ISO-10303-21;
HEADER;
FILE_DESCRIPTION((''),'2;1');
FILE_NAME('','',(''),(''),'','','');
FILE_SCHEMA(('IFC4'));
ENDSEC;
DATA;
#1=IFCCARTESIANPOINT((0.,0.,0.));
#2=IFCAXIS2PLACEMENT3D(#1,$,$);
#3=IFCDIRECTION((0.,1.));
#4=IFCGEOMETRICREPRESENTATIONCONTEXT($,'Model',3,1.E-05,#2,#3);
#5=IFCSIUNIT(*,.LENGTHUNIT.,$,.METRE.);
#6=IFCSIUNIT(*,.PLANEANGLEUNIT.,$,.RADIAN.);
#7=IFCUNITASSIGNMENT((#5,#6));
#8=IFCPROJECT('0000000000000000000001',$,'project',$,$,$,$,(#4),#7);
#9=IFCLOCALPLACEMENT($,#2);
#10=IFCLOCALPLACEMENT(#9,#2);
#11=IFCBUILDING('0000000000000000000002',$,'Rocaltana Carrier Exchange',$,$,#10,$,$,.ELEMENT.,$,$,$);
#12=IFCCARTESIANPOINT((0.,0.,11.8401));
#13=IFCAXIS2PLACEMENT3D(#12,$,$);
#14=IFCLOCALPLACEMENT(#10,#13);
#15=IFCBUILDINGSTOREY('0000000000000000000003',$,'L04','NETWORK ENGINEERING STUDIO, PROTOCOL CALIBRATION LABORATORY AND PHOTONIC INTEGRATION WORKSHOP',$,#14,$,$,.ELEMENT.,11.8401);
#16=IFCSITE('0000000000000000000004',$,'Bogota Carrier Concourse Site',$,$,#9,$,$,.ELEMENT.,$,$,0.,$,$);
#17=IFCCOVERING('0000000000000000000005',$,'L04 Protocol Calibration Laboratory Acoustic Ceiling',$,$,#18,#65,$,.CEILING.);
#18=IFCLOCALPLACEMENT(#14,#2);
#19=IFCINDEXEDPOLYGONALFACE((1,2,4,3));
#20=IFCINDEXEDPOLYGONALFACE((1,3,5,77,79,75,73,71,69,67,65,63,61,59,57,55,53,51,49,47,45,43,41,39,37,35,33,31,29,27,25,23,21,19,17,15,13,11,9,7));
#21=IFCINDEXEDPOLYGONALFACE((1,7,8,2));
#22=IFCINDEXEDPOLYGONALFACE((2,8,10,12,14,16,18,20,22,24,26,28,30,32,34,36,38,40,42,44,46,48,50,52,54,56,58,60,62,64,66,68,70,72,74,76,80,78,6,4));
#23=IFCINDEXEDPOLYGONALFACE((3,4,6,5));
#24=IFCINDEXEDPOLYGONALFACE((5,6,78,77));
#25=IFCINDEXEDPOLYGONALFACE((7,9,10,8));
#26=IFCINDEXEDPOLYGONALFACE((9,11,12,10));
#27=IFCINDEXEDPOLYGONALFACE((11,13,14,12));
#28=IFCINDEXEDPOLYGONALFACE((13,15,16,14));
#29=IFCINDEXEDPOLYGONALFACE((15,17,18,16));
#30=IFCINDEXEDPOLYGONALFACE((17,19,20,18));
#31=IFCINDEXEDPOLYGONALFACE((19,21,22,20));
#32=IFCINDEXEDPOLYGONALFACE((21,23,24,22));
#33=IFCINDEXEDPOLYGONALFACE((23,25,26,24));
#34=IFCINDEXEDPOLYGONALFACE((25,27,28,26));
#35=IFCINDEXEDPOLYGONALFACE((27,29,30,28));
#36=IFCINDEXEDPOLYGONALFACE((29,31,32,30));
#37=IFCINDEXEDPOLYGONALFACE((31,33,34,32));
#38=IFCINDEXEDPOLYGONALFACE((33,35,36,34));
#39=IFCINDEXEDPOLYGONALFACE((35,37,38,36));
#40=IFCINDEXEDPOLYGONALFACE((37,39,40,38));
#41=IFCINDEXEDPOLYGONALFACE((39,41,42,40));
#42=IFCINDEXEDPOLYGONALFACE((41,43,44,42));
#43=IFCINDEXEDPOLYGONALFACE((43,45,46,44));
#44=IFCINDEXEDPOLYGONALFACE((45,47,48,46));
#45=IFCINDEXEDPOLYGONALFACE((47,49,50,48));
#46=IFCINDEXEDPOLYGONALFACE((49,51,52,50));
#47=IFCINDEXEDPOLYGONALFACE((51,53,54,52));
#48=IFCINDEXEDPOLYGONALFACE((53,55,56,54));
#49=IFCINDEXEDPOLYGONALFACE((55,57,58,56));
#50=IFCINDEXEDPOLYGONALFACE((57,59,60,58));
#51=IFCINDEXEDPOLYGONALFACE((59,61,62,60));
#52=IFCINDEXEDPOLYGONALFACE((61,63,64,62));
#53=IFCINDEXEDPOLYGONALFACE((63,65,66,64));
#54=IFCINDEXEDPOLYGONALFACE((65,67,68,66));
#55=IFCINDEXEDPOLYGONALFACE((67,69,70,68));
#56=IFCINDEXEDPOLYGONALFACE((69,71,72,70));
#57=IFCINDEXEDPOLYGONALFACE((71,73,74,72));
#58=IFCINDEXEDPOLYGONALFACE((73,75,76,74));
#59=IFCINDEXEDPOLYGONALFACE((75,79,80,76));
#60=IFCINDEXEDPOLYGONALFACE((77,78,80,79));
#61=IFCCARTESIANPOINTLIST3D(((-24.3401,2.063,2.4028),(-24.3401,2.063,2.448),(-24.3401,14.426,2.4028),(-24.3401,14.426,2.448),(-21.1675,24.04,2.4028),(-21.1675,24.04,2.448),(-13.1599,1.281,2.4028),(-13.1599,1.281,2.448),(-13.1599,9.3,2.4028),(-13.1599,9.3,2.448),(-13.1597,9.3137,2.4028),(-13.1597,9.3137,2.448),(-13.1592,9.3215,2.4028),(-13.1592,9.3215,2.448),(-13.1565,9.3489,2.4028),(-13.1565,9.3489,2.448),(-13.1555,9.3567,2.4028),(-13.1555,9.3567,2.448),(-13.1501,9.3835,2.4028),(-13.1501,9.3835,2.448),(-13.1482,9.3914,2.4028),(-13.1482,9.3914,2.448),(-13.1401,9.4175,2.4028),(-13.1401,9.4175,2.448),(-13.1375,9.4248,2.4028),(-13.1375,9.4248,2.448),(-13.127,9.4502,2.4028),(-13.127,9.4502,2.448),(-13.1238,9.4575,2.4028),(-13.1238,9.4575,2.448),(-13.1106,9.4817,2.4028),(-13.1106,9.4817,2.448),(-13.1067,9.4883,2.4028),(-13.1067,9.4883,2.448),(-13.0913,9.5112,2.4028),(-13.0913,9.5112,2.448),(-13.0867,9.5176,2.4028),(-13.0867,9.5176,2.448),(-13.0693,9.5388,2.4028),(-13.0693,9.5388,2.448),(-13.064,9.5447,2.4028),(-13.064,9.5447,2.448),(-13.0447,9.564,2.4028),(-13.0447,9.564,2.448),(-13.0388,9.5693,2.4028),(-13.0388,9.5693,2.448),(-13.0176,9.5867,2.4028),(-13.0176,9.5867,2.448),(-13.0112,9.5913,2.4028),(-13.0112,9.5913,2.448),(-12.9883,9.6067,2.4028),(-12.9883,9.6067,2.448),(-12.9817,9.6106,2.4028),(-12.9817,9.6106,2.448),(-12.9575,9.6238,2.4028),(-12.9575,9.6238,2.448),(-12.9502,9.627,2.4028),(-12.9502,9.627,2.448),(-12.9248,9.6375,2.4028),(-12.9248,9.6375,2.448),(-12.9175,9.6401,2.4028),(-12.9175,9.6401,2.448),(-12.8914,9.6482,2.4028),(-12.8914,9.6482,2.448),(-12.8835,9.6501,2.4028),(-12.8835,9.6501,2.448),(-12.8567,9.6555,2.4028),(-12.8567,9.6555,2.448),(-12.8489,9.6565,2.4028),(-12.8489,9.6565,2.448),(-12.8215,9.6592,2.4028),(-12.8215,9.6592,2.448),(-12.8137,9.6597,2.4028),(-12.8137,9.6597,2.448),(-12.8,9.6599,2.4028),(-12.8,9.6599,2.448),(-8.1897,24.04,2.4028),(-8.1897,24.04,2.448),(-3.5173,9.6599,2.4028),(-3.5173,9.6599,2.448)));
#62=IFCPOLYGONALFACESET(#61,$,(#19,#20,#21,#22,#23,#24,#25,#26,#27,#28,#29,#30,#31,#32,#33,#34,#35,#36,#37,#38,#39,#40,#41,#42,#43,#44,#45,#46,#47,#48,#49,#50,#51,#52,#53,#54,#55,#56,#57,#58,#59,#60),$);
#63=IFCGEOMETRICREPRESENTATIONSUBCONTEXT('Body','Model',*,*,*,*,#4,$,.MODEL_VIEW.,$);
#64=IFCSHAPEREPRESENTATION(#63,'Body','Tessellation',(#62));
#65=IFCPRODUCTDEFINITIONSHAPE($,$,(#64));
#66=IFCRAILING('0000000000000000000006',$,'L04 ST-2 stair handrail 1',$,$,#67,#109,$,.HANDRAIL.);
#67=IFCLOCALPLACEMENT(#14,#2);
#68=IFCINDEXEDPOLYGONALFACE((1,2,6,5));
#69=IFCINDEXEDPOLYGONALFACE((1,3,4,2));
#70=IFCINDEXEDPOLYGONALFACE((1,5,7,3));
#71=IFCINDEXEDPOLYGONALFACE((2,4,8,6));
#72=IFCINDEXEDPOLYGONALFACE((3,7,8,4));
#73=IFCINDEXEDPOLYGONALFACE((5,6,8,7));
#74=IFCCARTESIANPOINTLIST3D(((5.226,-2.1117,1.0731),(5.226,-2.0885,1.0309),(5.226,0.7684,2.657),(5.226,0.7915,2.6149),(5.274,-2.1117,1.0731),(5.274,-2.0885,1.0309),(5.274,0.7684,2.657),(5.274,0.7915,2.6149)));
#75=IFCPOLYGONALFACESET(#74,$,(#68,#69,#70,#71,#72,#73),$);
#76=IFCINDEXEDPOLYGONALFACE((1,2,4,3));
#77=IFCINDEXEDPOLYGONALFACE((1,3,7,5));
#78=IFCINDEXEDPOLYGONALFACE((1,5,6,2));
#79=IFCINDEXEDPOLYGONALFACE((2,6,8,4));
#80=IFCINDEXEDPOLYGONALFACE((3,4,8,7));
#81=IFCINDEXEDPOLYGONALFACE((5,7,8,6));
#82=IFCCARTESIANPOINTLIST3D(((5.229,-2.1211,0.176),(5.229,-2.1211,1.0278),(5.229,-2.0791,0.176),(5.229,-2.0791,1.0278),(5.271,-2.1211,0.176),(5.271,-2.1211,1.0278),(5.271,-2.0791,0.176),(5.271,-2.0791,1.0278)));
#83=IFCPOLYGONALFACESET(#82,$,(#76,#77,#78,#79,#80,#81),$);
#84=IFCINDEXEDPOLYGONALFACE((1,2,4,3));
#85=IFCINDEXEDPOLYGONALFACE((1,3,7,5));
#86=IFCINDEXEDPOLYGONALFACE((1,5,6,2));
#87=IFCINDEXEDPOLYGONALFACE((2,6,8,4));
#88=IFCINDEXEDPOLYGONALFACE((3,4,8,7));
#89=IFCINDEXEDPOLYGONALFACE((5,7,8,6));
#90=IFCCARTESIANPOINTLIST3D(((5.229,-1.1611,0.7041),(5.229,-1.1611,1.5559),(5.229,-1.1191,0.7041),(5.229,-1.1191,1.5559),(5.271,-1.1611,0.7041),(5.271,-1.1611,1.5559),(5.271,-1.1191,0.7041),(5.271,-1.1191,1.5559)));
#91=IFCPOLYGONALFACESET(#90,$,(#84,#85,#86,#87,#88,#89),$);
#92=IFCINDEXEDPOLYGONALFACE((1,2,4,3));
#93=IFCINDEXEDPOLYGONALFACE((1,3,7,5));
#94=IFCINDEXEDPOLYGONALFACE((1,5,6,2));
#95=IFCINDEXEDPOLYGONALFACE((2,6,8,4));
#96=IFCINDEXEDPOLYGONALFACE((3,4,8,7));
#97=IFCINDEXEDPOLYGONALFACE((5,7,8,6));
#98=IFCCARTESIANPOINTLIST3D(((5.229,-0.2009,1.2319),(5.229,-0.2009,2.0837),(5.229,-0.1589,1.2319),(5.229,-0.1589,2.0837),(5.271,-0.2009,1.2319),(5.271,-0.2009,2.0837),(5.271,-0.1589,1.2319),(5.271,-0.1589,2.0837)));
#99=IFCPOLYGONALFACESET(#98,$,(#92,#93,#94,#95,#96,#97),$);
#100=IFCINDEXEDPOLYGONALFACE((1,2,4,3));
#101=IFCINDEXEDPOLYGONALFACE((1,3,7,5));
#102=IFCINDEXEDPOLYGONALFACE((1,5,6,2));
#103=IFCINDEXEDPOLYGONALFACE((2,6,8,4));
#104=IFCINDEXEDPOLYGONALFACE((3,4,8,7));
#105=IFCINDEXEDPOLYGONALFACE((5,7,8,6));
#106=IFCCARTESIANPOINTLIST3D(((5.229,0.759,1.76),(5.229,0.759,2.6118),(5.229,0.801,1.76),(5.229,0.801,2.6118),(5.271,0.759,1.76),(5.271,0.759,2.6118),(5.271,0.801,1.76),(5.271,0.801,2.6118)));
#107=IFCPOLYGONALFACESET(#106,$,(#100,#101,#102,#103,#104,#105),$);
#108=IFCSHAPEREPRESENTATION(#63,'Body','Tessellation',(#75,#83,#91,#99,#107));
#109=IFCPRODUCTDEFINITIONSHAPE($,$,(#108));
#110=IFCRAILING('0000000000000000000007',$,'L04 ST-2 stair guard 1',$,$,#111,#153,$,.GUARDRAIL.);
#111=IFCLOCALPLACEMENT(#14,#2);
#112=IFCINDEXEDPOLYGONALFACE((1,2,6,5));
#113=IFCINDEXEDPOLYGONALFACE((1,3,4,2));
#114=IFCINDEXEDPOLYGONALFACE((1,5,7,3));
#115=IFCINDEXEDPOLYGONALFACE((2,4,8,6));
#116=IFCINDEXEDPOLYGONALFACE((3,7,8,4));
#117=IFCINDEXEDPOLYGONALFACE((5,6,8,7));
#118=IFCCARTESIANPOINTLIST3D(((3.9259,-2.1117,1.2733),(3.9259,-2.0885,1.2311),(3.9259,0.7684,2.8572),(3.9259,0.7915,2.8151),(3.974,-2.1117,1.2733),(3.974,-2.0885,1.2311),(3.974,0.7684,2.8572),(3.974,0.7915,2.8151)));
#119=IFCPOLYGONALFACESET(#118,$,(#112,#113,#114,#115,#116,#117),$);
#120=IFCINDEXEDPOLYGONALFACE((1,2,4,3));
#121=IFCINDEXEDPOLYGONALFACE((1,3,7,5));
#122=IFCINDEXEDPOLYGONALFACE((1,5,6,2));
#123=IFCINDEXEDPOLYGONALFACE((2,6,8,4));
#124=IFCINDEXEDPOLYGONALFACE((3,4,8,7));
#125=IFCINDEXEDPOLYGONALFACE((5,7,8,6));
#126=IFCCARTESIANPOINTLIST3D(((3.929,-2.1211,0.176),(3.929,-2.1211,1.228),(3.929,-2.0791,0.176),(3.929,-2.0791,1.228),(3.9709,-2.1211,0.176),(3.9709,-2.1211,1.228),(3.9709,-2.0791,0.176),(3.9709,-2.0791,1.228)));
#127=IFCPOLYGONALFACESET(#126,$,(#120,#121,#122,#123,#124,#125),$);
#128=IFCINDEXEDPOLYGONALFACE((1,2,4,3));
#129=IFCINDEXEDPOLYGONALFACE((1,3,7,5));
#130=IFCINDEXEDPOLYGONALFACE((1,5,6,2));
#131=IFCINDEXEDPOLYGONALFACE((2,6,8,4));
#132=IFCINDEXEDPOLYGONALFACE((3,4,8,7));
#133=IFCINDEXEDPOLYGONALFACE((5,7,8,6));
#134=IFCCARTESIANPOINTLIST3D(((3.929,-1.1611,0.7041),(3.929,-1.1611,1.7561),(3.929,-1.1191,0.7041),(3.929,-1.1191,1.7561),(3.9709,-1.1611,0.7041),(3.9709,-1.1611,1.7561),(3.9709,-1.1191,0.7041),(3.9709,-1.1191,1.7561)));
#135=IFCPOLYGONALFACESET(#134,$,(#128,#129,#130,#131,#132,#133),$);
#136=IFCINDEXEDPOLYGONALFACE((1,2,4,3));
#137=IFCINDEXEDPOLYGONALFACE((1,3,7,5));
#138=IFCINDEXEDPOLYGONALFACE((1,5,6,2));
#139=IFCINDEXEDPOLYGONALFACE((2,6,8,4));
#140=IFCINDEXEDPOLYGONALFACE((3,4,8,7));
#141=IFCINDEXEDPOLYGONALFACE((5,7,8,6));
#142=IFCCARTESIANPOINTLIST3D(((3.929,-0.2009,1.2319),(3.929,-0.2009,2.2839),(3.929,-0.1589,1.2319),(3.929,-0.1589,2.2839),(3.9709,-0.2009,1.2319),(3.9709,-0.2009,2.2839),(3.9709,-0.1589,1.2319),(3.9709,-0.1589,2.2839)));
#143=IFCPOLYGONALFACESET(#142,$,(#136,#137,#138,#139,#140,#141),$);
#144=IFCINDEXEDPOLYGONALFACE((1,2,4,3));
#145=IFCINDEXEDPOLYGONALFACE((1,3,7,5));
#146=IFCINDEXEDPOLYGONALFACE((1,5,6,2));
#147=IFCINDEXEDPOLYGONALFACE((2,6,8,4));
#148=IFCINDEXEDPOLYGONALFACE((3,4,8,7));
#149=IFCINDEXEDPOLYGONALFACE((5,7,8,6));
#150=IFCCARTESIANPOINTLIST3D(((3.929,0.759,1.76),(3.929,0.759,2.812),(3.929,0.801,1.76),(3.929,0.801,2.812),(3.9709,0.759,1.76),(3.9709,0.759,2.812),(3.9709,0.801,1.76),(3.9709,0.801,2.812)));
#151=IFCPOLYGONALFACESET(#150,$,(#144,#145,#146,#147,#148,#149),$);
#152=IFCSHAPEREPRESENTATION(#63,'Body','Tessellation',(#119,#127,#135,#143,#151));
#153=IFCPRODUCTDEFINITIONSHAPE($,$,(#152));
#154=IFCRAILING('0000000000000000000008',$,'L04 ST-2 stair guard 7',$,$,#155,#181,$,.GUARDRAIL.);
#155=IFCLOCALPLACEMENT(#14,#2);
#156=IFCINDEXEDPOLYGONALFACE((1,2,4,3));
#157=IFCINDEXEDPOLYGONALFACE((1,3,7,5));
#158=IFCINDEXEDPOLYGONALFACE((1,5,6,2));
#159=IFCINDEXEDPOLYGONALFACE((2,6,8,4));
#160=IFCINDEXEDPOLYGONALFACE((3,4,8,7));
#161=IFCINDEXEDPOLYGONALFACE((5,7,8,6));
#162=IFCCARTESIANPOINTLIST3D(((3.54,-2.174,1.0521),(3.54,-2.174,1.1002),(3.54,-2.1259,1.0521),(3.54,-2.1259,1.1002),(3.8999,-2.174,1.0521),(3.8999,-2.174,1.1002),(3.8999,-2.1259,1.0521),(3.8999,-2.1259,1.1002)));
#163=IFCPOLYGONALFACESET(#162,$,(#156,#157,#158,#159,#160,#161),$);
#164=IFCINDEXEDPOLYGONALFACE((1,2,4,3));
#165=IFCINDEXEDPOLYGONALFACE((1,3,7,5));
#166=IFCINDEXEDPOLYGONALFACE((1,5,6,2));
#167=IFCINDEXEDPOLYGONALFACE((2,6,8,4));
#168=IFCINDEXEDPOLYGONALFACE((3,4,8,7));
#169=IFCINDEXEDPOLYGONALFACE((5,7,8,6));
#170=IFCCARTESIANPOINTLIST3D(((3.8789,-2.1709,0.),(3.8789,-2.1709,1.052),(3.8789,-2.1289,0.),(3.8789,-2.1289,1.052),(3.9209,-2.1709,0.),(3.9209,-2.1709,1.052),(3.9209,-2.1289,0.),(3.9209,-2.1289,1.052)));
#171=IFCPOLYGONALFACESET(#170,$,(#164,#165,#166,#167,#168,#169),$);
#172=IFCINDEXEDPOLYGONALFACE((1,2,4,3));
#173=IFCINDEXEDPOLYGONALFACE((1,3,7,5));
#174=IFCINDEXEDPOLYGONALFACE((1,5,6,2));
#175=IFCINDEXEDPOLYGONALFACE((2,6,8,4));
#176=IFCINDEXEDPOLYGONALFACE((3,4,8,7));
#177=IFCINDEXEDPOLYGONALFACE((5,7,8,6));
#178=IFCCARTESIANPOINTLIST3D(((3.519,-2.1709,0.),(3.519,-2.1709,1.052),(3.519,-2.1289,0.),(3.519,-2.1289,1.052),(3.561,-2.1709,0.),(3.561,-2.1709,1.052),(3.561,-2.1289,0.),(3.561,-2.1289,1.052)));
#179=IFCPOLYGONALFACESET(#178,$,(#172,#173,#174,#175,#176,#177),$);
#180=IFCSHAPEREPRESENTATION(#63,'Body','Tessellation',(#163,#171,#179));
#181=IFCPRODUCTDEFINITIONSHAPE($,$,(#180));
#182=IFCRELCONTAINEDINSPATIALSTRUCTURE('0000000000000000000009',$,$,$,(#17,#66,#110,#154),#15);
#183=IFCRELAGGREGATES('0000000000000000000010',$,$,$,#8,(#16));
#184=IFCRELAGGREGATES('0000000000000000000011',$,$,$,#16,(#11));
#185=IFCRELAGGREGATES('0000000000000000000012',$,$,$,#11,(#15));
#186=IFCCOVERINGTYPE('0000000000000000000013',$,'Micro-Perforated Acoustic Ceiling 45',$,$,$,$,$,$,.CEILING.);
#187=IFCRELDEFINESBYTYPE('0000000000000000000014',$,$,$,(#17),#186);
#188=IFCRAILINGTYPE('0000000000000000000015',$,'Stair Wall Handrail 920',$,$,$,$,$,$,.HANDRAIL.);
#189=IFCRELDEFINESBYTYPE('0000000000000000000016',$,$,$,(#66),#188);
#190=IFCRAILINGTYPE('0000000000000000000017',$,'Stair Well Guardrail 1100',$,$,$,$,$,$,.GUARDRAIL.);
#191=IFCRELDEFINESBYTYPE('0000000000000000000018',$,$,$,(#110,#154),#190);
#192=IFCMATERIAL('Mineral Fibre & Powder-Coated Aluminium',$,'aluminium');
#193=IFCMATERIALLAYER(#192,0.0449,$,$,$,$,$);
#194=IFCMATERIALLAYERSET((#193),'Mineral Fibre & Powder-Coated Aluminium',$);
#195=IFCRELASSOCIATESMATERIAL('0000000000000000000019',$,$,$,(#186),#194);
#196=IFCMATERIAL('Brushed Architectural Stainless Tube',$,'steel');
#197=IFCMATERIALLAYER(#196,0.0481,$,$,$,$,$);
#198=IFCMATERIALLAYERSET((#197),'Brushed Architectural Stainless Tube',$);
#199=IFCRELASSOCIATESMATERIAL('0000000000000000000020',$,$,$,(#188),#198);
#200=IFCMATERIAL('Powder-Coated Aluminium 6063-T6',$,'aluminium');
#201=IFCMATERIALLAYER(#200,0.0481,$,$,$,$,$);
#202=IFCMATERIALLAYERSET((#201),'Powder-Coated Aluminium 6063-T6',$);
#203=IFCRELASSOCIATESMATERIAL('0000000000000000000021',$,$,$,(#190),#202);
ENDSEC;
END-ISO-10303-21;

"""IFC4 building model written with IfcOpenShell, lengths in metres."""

from ifc_helpers import new_model, si_unit, direction, frame, origin, origin_2d, place, context, subcontext, project, spatial, polyline, rectangle, outline, extrude, material, layer, layer_set, type_object, element, save


model = new_model("IFC4")

# Units and contexts
model_context = context("Model", 3, precision=1e-05, world=origin(), true_north=direction((0.0, 1.0)))
body_context = subcontext(model_context, "Body", "Model", "MODEL_VIEW")
ifc_project = project(units=[si_unit("LENGTHUNIT", "METRE"), si_unit("PLANEANGLEUNIT", "RADIAN")], contexts=[model_context])

# Site, building, storey
site_placement = place(None, origin())
site = spatial("IfcSite", under=ifc_project, at=site_placement, Name="Bogota Carrier Concourse Site", CompositionType="ELEMENT", RefElevation=0.0)
building_placement = place(site_placement, origin())
building = spatial("IfcBuilding", under=site, at=building_placement, Name="Rocaltana Carrier Exchange", CompositionType="ELEMENT")
storey_placement = place(building_placement, frame((0.0, 0.0, 11.8401)))
storey = spatial("IfcBuildingStorey", under=building, at=storey_placement, Name="L04", Description="NETWORK ENGINEERING STUDIO, PROTOCOL CALIBRATION LABORATORY AND PHOTONIC INTEGRATION WORKSHOP", CompositionType="ELEMENT", Elevation=11.8401)

# Covering
ifc_material_1 = material(Name="Mineral Fibre & Powder-Coated Aluminium", Category="aluminium")
ifc_layer_1 = layer(ifc_material_1, 0.0449)
ifc_layer_set_1 = layer_set([ifc_layer_1], Name="Mineral Fibre & Powder-Coated Aluminium")
covering_type_1 = type_object("IfcCoveringType", Name="Micro-Perforated Acoustic Ceiling 45", PredefinedType="CEILING", material=ifc_layer_set_1)
covering_1_placement = place(storey_placement, frame((0.0, 0.0, 2.4028)))
element("IfcCovering", 1, at=covering_1_placement, inside=storey, type_object=covering_type_1, Name="L04 Protocol Calibration Laboratory Acoustic Ceiling", PredefinedType="CEILING", context=body_context, shape_type="SweptSolid", body=[
    extrude(outline(polyline([(-24.3401, 14.426), (-21.1675, 24.04), (-8.1897, 24.04), (-3.5173, 9.6599), (-12.8, 9.6599), (-12.8137, 9.6597), (-12.8215, 9.6592), (-12.8489, 9.6565), (-12.8567, 9.6555), (-12.8835, 9.6501), (-12.8914, 9.6482), (-12.9175, 9.6401), (-12.9248, 9.6375), (-12.9502, 9.627), (-12.9575, 9.6238), (-12.9817, 9.6106), (-12.9883, 9.6067), (-13.0112, 9.5913), (-13.0176, 9.5867), (-13.0388, 9.5693), (-13.0447, 9.564), (-13.064, 9.5447), (-13.0693, 9.5388), (-13.0867, 9.5176), (-13.0913, 9.5112), (-13.1067, 9.4883), (-13.1106, 9.4817), (-13.1238, 9.4575), (-13.127, 9.4502), (-13.1375, 9.4248), (-13.1401, 9.4175), (-13.1482, 9.3914), (-13.1501, 9.3835), (-13.1555, 9.3567), (-13.1565, 9.3489), (-13.1592, 9.3215), (-13.1597, 9.3137), (-13.1599, 9.3), (-13.1599, 1.281), (-24.3401, 2.063), (-24.3401, 14.426)])), origin(), (0.0, 0.0, 1.0), 0.0452),
])

# Railings
ifc_material_2 = material(Name="Brushed Architectural Stainless Tube", Category="steel")
ifc_layer_2 = layer(ifc_material_2, 0.0481)
ifc_layer_set_2 = layer_set([ifc_layer_2], Name="Brushed Architectural Stainless Tube")
railing_type_1 = type_object("IfcRailingType", Name="Stair Wall Handrail 920", PredefinedType="HANDRAIL", material=ifc_layer_set_2)
railing_1_placement = place(storey_placement, frame((5.25, -2.1001, 0.176)))
element("IfcRailing", 2, at=railing_1_placement, inside=storey, type_object=railing_type_1, Name="L04 ST-2 stair handrail 1", PredefinedType="HANDRAIL", context=body_context, shape_type="SweptSolid", body=[
    extrude(rectangle(XDim=0.0481, YDim=0.0481, at=origin_2d()), frame((0.0, 0.0, 0.876), z_axis=(0.0, 0.876227, 0.481899), x_axis=(-1.0, 0.0, 0.0)), (0.0, 0.0, 1.0), 3.2869),
    extrude(rectangle(XDim=0.042, YDim=0.042, at=origin_2d()), origin(), (0.0, 0.0, 1.0), 0.8518),
    extrude(rectangle(XDim=0.042, YDim=0.042, at=origin_2d()), frame((0.0, 0.96, 0.5281)), (0.0, 0.0, 1.0), 0.8518),
    extrude(rectangle(XDim=0.042, YDim=0.042, at=origin_2d()), frame((0.0, 1.9202, 1.0559)), (0.0, 0.0, 1.0), 0.8518),
    extrude(rectangle(XDim=0.042, YDim=0.042, at=origin_2d()), frame((0.0, 2.8801, 1.584)), (0.0, 0.0, 1.0), 0.8518),
])
ifc_material_3 = material(Name="Powder-Coated Aluminium 6063-T6", Category="aluminium")
ifc_layer_3 = layer(ifc_material_3, 0.0481)
ifc_layer_set_3 = layer_set([ifc_layer_3], Name="Powder-Coated Aluminium 6063-T6")
railing_type_2 = type_object("IfcRailingType", Name="Stair Well Guardrail 1100", PredefinedType="GUARDRAIL", material=ifc_layer_set_3)
railing_2_placement = place(storey_placement, frame((3.95, -2.1001, 0.176)))
element("IfcRailing", 3, at=railing_2_placement, inside=storey, type_object=railing_type_2, Name="L04 ST-2 stair guard 1", PredefinedType="GUARDRAIL", context=body_context, shape_type="SweptSolid", body=[
    extrude(rectangle(XDim=0.0481, YDim=0.0481, at=origin_2d()), frame((0.0, 0.0, 1.0762), z_axis=(0.0, 0.876227, 0.481899), x_axis=(-1.0, 0.0, 0.0)), (0.0, 0.0, 1.0), 3.2869),
    extrude(rectangle(XDim=0.042, YDim=0.042, at=origin_2d()), origin(), (0.0, 0.0, 1.0), 1.052),
    extrude(rectangle(XDim=0.042, YDim=0.042, at=origin_2d()), frame((0.0, 0.96, 0.5281)), (0.0, 0.0, 1.0), 1.052),
    extrude(rectangle(XDim=0.042, YDim=0.042, at=origin_2d()), frame((0.0, 1.9202, 1.0559)), (0.0, 0.0, 1.0), 1.052),
    extrude(rectangle(XDim=0.042, YDim=0.042, at=origin_2d()), frame((0.0, 2.8801, 1.584)), (0.0, 0.0, 1.0), 1.052),
])
railing_3_placement = place(storey_placement, frame((3.8999, -2.1499, 0.0)))
element("IfcRailing", 4, at=railing_3_placement, inside=storey, type_object=railing_type_2, Name="L04 ST-2 stair guard 7", PredefinedType="GUARDRAIL", context=body_context, shape_type="SweptSolid", body=[
    extrude(rectangle(XDim=0.0481, YDim=0.0481, at=origin_2d()), frame((0.0, 0.0, 1.0762), z_axis=(-1.0, 0.0, 0.0), x_axis=(0.0, -1.0, 0.0)), (0.0, 0.0, 1.0), 0.3599),
    extrude(rectangle(XDim=0.042, YDim=0.042, at=origin_2d()), origin(), (0.0, 0.0, 1.0), 1.052),
    extrude(rectangle(XDim=0.042, YDim=0.042, at=origin_2d()), frame((-0.3599, 0.0, 0.0)), (0.0, 0.0, 1.0), 1.052),
])

save(model, "model.ifc")
